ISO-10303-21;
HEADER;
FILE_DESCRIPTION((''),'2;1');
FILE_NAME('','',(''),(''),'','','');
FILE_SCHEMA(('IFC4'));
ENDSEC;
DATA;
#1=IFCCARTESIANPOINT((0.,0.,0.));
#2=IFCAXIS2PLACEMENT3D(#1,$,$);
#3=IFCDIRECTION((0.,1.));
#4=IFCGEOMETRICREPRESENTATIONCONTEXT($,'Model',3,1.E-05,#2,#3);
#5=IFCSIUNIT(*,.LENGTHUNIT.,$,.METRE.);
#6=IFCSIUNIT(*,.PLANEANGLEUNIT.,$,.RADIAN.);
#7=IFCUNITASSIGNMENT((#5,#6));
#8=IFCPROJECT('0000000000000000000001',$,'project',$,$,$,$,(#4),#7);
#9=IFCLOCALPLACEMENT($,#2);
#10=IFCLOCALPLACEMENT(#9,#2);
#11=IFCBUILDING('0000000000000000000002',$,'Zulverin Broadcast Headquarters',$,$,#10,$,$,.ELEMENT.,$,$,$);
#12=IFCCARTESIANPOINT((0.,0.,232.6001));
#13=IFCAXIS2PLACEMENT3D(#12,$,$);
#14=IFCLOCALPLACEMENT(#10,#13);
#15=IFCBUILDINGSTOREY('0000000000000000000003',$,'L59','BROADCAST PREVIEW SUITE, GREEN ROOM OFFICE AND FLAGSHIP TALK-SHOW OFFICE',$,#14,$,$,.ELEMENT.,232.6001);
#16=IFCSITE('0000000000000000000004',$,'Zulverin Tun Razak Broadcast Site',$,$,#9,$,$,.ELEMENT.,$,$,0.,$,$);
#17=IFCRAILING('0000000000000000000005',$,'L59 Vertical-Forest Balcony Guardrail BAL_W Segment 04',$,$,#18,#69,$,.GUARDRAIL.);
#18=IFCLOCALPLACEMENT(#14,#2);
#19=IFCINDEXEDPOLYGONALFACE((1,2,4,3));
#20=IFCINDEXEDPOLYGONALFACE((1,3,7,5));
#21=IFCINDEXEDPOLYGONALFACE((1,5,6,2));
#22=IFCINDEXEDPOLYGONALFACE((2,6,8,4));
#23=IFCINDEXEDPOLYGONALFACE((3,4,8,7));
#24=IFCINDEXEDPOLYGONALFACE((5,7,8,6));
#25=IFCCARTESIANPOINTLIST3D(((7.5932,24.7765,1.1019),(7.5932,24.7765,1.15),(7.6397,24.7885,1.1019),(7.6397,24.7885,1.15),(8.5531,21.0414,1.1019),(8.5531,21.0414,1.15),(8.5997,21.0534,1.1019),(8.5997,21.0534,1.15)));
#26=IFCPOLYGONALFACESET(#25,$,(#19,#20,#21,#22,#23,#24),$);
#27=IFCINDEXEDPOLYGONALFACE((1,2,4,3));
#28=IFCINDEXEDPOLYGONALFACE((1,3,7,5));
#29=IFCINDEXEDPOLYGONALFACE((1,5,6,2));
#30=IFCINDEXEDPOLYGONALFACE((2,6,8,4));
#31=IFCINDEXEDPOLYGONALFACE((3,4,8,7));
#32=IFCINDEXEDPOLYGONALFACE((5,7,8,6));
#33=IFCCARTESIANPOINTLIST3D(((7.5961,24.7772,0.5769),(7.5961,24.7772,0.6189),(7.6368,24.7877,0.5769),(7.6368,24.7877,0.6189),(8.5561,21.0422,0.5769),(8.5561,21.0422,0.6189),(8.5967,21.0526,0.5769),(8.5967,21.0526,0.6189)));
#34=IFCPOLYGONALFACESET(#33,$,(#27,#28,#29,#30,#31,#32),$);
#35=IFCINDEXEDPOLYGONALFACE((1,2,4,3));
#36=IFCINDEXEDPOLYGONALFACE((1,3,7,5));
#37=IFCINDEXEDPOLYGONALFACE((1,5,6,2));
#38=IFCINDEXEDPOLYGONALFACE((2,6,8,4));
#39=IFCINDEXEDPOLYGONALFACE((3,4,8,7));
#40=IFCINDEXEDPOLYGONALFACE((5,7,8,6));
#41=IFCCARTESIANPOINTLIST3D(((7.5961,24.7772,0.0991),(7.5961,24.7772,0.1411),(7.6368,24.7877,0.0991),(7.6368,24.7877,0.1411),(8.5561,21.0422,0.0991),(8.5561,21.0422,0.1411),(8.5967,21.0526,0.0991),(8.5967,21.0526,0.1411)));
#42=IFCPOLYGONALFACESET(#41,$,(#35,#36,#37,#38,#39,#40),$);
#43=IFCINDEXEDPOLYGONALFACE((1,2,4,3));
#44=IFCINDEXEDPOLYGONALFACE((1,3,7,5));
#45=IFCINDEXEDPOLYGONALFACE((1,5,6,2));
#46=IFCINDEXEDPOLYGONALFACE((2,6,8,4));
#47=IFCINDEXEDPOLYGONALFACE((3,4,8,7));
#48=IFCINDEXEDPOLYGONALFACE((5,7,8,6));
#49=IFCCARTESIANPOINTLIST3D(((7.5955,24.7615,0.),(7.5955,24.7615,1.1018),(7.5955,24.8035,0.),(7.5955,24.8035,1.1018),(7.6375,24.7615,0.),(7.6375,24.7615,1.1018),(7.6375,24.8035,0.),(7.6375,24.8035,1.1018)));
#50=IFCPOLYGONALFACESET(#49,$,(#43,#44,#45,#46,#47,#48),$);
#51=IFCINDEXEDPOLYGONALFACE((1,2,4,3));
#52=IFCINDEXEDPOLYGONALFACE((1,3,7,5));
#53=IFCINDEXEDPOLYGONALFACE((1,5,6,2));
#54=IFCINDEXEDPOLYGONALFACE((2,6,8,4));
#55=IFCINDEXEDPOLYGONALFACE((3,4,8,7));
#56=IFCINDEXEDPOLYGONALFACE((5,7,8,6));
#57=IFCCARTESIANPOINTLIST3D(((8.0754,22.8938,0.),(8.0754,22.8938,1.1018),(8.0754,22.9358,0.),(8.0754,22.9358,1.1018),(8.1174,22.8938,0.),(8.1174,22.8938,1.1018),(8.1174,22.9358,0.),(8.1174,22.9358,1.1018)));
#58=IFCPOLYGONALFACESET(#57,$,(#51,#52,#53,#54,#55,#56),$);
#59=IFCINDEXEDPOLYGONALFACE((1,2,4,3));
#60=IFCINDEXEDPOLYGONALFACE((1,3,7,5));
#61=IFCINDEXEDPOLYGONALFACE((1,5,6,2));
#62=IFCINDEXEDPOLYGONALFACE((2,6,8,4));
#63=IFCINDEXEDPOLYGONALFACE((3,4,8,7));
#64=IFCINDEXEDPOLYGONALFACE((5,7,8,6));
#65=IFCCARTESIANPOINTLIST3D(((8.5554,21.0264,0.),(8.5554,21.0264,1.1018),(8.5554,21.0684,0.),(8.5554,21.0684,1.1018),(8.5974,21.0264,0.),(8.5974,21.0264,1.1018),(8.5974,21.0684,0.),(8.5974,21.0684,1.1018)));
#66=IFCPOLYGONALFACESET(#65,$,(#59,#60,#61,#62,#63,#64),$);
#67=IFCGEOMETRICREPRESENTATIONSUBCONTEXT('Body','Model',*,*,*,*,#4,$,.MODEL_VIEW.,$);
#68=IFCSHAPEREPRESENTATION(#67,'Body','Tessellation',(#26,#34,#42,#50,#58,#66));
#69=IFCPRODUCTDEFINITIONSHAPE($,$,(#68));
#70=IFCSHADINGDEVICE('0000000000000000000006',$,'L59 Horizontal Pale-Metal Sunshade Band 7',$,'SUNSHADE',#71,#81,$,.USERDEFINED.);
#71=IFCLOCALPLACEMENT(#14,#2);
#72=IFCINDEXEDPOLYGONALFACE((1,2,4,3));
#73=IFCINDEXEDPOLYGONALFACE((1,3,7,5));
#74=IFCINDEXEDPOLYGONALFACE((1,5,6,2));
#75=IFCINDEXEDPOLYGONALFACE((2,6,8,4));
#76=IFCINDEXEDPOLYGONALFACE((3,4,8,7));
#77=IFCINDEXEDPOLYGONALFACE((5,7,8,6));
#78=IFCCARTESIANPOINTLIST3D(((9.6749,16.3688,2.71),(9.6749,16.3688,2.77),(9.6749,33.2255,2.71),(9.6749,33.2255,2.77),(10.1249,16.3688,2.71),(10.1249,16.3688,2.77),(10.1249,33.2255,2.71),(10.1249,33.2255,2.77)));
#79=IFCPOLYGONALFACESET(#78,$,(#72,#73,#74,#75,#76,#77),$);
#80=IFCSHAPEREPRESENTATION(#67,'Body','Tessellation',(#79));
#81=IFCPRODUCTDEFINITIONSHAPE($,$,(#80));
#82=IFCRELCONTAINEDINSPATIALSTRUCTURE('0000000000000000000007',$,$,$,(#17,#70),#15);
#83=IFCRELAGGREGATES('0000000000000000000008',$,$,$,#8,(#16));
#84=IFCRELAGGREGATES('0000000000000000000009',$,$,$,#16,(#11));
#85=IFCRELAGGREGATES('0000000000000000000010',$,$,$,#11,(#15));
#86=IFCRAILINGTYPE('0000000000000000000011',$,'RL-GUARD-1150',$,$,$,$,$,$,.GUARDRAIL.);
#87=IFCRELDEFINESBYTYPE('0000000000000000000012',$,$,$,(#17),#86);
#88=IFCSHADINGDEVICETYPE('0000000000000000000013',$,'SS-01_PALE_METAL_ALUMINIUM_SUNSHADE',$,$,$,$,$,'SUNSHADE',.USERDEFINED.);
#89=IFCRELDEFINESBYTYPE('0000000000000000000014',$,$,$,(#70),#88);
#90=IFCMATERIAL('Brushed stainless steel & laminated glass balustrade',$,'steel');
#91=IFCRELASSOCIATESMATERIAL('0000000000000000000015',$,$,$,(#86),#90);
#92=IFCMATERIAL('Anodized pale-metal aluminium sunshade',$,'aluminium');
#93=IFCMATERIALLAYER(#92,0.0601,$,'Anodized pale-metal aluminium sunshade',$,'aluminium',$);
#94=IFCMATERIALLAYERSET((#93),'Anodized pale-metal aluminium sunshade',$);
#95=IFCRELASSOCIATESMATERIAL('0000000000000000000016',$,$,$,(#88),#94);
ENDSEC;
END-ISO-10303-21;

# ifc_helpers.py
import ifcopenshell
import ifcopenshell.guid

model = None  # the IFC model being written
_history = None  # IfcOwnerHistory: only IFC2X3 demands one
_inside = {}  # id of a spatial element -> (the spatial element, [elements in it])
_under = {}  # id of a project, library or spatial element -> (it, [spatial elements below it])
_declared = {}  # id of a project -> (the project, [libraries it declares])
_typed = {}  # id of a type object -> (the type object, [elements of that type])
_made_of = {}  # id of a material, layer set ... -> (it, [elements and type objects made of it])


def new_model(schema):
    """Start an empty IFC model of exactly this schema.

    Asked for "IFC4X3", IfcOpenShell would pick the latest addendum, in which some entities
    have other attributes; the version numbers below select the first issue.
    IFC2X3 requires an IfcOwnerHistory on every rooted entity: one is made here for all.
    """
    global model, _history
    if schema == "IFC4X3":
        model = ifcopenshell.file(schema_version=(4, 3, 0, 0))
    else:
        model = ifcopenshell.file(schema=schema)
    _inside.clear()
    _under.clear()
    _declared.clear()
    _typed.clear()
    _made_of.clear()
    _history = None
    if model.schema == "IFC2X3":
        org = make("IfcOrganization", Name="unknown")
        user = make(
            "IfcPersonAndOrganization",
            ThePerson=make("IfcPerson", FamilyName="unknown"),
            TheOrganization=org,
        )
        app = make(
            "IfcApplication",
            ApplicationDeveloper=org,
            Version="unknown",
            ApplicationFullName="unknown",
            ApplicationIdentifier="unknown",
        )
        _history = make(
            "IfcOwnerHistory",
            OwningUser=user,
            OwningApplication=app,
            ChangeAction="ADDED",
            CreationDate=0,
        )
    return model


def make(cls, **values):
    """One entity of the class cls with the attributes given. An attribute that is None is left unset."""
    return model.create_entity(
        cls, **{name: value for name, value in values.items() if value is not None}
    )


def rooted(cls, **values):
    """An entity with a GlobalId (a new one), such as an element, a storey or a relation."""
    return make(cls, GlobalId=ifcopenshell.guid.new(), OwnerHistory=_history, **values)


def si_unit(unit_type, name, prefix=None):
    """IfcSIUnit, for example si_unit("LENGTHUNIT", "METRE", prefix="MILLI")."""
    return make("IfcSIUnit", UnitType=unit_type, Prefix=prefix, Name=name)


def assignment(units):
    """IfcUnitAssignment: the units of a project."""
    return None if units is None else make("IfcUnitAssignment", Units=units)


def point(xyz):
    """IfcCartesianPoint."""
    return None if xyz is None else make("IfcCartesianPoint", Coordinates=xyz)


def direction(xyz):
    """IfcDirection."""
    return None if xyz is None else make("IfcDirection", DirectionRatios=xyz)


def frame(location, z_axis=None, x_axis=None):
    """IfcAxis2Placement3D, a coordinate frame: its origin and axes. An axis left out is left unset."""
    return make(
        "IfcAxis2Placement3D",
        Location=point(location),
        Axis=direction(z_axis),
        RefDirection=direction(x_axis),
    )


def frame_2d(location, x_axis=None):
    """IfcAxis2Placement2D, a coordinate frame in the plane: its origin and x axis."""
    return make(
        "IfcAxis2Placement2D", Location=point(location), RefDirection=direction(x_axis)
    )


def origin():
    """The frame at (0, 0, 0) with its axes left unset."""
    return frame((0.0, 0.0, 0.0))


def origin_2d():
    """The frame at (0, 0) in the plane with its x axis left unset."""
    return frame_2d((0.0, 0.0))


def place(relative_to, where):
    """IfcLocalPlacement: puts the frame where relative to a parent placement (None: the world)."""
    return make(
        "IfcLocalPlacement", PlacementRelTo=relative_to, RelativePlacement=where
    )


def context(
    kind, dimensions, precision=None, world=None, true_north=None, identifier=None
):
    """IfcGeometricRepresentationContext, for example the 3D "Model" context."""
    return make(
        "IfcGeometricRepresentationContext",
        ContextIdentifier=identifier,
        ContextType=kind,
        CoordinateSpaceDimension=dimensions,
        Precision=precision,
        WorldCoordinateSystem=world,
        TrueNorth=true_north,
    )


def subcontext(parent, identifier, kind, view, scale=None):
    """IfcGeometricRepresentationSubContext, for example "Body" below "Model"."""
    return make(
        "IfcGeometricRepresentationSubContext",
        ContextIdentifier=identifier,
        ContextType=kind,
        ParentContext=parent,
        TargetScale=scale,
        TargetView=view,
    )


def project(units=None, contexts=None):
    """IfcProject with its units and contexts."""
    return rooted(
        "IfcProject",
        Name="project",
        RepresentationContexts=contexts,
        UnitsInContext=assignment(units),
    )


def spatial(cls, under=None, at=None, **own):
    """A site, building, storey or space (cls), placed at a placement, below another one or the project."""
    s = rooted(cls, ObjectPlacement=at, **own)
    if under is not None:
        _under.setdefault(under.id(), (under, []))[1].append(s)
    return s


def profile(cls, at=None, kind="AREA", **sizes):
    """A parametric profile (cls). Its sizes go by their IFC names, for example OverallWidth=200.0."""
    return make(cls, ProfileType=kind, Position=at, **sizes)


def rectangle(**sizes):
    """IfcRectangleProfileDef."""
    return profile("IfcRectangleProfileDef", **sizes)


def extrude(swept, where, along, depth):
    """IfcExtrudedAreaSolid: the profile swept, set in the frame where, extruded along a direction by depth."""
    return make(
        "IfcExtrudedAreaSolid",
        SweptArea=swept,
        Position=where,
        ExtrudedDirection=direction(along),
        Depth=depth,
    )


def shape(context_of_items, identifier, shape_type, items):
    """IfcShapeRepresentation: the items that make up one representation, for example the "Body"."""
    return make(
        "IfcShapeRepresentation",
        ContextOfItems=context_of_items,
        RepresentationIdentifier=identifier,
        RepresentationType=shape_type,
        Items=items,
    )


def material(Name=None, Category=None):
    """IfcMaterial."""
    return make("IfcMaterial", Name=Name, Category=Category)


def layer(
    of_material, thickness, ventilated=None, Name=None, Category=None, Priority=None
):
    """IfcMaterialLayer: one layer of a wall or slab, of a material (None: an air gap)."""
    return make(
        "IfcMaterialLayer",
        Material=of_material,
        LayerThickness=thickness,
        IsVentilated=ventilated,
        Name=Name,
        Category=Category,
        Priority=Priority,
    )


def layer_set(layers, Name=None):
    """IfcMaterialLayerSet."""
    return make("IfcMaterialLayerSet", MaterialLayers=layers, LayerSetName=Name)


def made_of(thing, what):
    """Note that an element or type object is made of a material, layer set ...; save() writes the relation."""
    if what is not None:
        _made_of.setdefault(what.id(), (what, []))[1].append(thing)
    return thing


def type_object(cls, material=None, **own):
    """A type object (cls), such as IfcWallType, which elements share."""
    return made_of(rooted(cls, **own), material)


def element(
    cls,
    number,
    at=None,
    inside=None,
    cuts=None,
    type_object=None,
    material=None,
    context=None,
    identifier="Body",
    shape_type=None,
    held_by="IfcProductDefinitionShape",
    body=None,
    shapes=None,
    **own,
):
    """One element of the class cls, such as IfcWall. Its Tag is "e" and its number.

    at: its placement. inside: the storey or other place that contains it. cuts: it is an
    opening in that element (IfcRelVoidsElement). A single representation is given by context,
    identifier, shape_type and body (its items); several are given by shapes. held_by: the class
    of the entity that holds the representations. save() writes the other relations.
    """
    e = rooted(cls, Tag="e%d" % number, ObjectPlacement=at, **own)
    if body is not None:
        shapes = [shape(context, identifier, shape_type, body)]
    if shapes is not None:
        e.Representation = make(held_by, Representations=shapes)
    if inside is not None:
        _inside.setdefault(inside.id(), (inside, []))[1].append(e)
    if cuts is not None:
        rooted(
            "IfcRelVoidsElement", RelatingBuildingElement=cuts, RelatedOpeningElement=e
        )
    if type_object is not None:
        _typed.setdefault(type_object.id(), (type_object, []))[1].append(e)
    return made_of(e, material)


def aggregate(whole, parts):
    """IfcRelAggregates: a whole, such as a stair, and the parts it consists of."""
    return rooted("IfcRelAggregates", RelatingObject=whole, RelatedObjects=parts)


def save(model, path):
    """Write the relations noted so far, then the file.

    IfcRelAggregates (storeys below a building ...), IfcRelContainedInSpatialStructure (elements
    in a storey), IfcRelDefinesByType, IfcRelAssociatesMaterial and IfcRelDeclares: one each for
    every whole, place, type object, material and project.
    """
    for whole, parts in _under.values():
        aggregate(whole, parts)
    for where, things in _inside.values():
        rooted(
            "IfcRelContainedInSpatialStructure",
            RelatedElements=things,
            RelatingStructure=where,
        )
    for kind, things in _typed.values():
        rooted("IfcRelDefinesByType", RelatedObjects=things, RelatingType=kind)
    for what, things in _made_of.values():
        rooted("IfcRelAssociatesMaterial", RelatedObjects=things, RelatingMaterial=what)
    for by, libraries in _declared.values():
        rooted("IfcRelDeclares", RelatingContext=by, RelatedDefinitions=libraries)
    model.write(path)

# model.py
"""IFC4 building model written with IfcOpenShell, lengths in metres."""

from ifc_helpers import new_model, si_unit, direction, frame, origin, origin_2d, place, context, subcontext, project, spatial, rectangle, extrude, material, layer, layer_set, type_object, element, save


model = new_model("IFC4")

# Units and contexts
model_context = context("Model", 3, precision=1e-05, world=origin(), true_north=direction((0.0, 1.0)))
body_context = subcontext(model_context, "Body", "Model", "MODEL_VIEW")
ifc_project = project(units=[si_unit("LENGTHUNIT", "METRE"), si_unit("PLANEANGLEUNIT", "RADIAN")], contexts=[model_context])

# Site, building, storey
site_placement = place(None, origin())
site = spatial("IfcSite", under=ifc_project, at=site_placement, Name="Zulverin Tun Razak Broadcast Site", CompositionType="ELEMENT", RefElevation=0.0)
building_placement = place(site_placement, origin())
building = spatial("IfcBuilding", under=site, at=building_placement, Name="Zulverin Broadcast Headquarters", CompositionType="ELEMENT")
storey_placement = place(building_placement, frame((0.0, 0.0, 232.6001)))
storey = spatial("IfcBuildingStorey", under=building, at=storey_placement, Name="L59", Description="BROADCAST PREVIEW SUITE, GREEN ROOM OFFICE AND FLAGSHIP TALK-SHOW OFFICE", CompositionType="ELEMENT", Elevation=232.6001)

# Railing
ifc_material_1 = material(Name="Brushed stainless steel & laminated glass balustrade", Category="steel")
railing_type = type_object("IfcRailingType", Name="RL-GUARD-1150", PredefinedType="GUARDRAIL", material=ifc_material_1)
railing_1_placement = place(storey_placement, frame((7.6165, 24.7825, 0.0)))
element("IfcRailing", 1, at=railing_1_placement, inside=storey, type_object=railing_type, Name="L59 Vertical-Forest Balcony Guardrail BAL_W Segment 04", PredefinedType="GUARDRAIL", context=body_context, shape_type="SweptSolid", body=[
    extrude(rectangle(XDim=0.0481, YDim=0.0481, at=origin_2d()), frame((0.0, 0.0, 1.126), z_axis=(0.248921, -0.968524, 0.0), x_axis=(0.968524, 0.248921, 0.0)), (0.0, 0.0, 1.0), 3.8564),
    extrude(rectangle(XDim=0.042, YDim=0.042, at=origin_2d()), frame((0.0, 0.0, 0.5979), z_axis=(0.248921, -0.968524, 0.0), x_axis=(0.968524, 0.248921, 0.0)), (0.0, 0.0, 1.0), 3.8564),
    extrude(rectangle(XDim=0.042, YDim=0.042, at=origin_2d()), frame((0.0, 0.0, 0.1201), z_axis=(0.248921, -0.968524, 0.0), x_axis=(0.968524, 0.248921, 0.0)), (0.0, 0.0, 1.0), 3.8564),
    extrude(rectangle(XDim=0.042, YDim=0.042, at=origin_2d()), origin(), (0.0, 0.0, 1.0), 1.1018),
    extrude(rectangle(XDim=0.042, YDim=0.042, at=origin_2d()), frame((0.48, -1.8677, 0.0)), (0.0, 0.0, 1.0), 1.1018),
    extrude(rectangle(XDim=0.042, YDim=0.042, at=origin_2d()), frame((0.96, -3.7351, 0.0)), (0.0, 0.0, 1.0), 1.1018),
])

# Shading device
ifc_material_2 = material(Name="Anodized pale-metal aluminium sunshade", Category="aluminium")
ifc_layer_1 = layer(ifc_material_2, 0.0601, Name="Anodized pale-metal aluminium sunshade", Category="aluminium")
ifc_layer_set_1 = layer_set([ifc_layer_1], Name="Anodized pale-metal aluminium sunshade")
shading_device_type = type_object("IfcShadingDeviceType", Name="SS-01_PALE_METAL_ALUMINIUM_SUNSHADE", ElementType="SUNSHADE", PredefinedType="USERDEFINED", material=ifc_layer_set_1)
shading_device_placement = place(storey_placement, frame((9.8999, 24.7971, 2.71), z_axis=(0.0, 0.0, 1.0), x_axis=(0.0, -1.0, 0.0)))
element("IfcShadingDevice", 2, at=shading_device_placement, inside=storey, type_object=shading_device_type, Name="L59 Horizontal Pale-Metal Sunshade Band 7", ObjectType="SUNSHADE", PredefinedType="USERDEFINED", context=body_context, shape_type="SweptSolid", body=[
    extrude(rectangle(XDim=16.8567, YDim=0.45, at=origin_2d()), origin(), (0.0, 0.0, 1.0), 0.0601),
])

save(model, "model.ifc")
